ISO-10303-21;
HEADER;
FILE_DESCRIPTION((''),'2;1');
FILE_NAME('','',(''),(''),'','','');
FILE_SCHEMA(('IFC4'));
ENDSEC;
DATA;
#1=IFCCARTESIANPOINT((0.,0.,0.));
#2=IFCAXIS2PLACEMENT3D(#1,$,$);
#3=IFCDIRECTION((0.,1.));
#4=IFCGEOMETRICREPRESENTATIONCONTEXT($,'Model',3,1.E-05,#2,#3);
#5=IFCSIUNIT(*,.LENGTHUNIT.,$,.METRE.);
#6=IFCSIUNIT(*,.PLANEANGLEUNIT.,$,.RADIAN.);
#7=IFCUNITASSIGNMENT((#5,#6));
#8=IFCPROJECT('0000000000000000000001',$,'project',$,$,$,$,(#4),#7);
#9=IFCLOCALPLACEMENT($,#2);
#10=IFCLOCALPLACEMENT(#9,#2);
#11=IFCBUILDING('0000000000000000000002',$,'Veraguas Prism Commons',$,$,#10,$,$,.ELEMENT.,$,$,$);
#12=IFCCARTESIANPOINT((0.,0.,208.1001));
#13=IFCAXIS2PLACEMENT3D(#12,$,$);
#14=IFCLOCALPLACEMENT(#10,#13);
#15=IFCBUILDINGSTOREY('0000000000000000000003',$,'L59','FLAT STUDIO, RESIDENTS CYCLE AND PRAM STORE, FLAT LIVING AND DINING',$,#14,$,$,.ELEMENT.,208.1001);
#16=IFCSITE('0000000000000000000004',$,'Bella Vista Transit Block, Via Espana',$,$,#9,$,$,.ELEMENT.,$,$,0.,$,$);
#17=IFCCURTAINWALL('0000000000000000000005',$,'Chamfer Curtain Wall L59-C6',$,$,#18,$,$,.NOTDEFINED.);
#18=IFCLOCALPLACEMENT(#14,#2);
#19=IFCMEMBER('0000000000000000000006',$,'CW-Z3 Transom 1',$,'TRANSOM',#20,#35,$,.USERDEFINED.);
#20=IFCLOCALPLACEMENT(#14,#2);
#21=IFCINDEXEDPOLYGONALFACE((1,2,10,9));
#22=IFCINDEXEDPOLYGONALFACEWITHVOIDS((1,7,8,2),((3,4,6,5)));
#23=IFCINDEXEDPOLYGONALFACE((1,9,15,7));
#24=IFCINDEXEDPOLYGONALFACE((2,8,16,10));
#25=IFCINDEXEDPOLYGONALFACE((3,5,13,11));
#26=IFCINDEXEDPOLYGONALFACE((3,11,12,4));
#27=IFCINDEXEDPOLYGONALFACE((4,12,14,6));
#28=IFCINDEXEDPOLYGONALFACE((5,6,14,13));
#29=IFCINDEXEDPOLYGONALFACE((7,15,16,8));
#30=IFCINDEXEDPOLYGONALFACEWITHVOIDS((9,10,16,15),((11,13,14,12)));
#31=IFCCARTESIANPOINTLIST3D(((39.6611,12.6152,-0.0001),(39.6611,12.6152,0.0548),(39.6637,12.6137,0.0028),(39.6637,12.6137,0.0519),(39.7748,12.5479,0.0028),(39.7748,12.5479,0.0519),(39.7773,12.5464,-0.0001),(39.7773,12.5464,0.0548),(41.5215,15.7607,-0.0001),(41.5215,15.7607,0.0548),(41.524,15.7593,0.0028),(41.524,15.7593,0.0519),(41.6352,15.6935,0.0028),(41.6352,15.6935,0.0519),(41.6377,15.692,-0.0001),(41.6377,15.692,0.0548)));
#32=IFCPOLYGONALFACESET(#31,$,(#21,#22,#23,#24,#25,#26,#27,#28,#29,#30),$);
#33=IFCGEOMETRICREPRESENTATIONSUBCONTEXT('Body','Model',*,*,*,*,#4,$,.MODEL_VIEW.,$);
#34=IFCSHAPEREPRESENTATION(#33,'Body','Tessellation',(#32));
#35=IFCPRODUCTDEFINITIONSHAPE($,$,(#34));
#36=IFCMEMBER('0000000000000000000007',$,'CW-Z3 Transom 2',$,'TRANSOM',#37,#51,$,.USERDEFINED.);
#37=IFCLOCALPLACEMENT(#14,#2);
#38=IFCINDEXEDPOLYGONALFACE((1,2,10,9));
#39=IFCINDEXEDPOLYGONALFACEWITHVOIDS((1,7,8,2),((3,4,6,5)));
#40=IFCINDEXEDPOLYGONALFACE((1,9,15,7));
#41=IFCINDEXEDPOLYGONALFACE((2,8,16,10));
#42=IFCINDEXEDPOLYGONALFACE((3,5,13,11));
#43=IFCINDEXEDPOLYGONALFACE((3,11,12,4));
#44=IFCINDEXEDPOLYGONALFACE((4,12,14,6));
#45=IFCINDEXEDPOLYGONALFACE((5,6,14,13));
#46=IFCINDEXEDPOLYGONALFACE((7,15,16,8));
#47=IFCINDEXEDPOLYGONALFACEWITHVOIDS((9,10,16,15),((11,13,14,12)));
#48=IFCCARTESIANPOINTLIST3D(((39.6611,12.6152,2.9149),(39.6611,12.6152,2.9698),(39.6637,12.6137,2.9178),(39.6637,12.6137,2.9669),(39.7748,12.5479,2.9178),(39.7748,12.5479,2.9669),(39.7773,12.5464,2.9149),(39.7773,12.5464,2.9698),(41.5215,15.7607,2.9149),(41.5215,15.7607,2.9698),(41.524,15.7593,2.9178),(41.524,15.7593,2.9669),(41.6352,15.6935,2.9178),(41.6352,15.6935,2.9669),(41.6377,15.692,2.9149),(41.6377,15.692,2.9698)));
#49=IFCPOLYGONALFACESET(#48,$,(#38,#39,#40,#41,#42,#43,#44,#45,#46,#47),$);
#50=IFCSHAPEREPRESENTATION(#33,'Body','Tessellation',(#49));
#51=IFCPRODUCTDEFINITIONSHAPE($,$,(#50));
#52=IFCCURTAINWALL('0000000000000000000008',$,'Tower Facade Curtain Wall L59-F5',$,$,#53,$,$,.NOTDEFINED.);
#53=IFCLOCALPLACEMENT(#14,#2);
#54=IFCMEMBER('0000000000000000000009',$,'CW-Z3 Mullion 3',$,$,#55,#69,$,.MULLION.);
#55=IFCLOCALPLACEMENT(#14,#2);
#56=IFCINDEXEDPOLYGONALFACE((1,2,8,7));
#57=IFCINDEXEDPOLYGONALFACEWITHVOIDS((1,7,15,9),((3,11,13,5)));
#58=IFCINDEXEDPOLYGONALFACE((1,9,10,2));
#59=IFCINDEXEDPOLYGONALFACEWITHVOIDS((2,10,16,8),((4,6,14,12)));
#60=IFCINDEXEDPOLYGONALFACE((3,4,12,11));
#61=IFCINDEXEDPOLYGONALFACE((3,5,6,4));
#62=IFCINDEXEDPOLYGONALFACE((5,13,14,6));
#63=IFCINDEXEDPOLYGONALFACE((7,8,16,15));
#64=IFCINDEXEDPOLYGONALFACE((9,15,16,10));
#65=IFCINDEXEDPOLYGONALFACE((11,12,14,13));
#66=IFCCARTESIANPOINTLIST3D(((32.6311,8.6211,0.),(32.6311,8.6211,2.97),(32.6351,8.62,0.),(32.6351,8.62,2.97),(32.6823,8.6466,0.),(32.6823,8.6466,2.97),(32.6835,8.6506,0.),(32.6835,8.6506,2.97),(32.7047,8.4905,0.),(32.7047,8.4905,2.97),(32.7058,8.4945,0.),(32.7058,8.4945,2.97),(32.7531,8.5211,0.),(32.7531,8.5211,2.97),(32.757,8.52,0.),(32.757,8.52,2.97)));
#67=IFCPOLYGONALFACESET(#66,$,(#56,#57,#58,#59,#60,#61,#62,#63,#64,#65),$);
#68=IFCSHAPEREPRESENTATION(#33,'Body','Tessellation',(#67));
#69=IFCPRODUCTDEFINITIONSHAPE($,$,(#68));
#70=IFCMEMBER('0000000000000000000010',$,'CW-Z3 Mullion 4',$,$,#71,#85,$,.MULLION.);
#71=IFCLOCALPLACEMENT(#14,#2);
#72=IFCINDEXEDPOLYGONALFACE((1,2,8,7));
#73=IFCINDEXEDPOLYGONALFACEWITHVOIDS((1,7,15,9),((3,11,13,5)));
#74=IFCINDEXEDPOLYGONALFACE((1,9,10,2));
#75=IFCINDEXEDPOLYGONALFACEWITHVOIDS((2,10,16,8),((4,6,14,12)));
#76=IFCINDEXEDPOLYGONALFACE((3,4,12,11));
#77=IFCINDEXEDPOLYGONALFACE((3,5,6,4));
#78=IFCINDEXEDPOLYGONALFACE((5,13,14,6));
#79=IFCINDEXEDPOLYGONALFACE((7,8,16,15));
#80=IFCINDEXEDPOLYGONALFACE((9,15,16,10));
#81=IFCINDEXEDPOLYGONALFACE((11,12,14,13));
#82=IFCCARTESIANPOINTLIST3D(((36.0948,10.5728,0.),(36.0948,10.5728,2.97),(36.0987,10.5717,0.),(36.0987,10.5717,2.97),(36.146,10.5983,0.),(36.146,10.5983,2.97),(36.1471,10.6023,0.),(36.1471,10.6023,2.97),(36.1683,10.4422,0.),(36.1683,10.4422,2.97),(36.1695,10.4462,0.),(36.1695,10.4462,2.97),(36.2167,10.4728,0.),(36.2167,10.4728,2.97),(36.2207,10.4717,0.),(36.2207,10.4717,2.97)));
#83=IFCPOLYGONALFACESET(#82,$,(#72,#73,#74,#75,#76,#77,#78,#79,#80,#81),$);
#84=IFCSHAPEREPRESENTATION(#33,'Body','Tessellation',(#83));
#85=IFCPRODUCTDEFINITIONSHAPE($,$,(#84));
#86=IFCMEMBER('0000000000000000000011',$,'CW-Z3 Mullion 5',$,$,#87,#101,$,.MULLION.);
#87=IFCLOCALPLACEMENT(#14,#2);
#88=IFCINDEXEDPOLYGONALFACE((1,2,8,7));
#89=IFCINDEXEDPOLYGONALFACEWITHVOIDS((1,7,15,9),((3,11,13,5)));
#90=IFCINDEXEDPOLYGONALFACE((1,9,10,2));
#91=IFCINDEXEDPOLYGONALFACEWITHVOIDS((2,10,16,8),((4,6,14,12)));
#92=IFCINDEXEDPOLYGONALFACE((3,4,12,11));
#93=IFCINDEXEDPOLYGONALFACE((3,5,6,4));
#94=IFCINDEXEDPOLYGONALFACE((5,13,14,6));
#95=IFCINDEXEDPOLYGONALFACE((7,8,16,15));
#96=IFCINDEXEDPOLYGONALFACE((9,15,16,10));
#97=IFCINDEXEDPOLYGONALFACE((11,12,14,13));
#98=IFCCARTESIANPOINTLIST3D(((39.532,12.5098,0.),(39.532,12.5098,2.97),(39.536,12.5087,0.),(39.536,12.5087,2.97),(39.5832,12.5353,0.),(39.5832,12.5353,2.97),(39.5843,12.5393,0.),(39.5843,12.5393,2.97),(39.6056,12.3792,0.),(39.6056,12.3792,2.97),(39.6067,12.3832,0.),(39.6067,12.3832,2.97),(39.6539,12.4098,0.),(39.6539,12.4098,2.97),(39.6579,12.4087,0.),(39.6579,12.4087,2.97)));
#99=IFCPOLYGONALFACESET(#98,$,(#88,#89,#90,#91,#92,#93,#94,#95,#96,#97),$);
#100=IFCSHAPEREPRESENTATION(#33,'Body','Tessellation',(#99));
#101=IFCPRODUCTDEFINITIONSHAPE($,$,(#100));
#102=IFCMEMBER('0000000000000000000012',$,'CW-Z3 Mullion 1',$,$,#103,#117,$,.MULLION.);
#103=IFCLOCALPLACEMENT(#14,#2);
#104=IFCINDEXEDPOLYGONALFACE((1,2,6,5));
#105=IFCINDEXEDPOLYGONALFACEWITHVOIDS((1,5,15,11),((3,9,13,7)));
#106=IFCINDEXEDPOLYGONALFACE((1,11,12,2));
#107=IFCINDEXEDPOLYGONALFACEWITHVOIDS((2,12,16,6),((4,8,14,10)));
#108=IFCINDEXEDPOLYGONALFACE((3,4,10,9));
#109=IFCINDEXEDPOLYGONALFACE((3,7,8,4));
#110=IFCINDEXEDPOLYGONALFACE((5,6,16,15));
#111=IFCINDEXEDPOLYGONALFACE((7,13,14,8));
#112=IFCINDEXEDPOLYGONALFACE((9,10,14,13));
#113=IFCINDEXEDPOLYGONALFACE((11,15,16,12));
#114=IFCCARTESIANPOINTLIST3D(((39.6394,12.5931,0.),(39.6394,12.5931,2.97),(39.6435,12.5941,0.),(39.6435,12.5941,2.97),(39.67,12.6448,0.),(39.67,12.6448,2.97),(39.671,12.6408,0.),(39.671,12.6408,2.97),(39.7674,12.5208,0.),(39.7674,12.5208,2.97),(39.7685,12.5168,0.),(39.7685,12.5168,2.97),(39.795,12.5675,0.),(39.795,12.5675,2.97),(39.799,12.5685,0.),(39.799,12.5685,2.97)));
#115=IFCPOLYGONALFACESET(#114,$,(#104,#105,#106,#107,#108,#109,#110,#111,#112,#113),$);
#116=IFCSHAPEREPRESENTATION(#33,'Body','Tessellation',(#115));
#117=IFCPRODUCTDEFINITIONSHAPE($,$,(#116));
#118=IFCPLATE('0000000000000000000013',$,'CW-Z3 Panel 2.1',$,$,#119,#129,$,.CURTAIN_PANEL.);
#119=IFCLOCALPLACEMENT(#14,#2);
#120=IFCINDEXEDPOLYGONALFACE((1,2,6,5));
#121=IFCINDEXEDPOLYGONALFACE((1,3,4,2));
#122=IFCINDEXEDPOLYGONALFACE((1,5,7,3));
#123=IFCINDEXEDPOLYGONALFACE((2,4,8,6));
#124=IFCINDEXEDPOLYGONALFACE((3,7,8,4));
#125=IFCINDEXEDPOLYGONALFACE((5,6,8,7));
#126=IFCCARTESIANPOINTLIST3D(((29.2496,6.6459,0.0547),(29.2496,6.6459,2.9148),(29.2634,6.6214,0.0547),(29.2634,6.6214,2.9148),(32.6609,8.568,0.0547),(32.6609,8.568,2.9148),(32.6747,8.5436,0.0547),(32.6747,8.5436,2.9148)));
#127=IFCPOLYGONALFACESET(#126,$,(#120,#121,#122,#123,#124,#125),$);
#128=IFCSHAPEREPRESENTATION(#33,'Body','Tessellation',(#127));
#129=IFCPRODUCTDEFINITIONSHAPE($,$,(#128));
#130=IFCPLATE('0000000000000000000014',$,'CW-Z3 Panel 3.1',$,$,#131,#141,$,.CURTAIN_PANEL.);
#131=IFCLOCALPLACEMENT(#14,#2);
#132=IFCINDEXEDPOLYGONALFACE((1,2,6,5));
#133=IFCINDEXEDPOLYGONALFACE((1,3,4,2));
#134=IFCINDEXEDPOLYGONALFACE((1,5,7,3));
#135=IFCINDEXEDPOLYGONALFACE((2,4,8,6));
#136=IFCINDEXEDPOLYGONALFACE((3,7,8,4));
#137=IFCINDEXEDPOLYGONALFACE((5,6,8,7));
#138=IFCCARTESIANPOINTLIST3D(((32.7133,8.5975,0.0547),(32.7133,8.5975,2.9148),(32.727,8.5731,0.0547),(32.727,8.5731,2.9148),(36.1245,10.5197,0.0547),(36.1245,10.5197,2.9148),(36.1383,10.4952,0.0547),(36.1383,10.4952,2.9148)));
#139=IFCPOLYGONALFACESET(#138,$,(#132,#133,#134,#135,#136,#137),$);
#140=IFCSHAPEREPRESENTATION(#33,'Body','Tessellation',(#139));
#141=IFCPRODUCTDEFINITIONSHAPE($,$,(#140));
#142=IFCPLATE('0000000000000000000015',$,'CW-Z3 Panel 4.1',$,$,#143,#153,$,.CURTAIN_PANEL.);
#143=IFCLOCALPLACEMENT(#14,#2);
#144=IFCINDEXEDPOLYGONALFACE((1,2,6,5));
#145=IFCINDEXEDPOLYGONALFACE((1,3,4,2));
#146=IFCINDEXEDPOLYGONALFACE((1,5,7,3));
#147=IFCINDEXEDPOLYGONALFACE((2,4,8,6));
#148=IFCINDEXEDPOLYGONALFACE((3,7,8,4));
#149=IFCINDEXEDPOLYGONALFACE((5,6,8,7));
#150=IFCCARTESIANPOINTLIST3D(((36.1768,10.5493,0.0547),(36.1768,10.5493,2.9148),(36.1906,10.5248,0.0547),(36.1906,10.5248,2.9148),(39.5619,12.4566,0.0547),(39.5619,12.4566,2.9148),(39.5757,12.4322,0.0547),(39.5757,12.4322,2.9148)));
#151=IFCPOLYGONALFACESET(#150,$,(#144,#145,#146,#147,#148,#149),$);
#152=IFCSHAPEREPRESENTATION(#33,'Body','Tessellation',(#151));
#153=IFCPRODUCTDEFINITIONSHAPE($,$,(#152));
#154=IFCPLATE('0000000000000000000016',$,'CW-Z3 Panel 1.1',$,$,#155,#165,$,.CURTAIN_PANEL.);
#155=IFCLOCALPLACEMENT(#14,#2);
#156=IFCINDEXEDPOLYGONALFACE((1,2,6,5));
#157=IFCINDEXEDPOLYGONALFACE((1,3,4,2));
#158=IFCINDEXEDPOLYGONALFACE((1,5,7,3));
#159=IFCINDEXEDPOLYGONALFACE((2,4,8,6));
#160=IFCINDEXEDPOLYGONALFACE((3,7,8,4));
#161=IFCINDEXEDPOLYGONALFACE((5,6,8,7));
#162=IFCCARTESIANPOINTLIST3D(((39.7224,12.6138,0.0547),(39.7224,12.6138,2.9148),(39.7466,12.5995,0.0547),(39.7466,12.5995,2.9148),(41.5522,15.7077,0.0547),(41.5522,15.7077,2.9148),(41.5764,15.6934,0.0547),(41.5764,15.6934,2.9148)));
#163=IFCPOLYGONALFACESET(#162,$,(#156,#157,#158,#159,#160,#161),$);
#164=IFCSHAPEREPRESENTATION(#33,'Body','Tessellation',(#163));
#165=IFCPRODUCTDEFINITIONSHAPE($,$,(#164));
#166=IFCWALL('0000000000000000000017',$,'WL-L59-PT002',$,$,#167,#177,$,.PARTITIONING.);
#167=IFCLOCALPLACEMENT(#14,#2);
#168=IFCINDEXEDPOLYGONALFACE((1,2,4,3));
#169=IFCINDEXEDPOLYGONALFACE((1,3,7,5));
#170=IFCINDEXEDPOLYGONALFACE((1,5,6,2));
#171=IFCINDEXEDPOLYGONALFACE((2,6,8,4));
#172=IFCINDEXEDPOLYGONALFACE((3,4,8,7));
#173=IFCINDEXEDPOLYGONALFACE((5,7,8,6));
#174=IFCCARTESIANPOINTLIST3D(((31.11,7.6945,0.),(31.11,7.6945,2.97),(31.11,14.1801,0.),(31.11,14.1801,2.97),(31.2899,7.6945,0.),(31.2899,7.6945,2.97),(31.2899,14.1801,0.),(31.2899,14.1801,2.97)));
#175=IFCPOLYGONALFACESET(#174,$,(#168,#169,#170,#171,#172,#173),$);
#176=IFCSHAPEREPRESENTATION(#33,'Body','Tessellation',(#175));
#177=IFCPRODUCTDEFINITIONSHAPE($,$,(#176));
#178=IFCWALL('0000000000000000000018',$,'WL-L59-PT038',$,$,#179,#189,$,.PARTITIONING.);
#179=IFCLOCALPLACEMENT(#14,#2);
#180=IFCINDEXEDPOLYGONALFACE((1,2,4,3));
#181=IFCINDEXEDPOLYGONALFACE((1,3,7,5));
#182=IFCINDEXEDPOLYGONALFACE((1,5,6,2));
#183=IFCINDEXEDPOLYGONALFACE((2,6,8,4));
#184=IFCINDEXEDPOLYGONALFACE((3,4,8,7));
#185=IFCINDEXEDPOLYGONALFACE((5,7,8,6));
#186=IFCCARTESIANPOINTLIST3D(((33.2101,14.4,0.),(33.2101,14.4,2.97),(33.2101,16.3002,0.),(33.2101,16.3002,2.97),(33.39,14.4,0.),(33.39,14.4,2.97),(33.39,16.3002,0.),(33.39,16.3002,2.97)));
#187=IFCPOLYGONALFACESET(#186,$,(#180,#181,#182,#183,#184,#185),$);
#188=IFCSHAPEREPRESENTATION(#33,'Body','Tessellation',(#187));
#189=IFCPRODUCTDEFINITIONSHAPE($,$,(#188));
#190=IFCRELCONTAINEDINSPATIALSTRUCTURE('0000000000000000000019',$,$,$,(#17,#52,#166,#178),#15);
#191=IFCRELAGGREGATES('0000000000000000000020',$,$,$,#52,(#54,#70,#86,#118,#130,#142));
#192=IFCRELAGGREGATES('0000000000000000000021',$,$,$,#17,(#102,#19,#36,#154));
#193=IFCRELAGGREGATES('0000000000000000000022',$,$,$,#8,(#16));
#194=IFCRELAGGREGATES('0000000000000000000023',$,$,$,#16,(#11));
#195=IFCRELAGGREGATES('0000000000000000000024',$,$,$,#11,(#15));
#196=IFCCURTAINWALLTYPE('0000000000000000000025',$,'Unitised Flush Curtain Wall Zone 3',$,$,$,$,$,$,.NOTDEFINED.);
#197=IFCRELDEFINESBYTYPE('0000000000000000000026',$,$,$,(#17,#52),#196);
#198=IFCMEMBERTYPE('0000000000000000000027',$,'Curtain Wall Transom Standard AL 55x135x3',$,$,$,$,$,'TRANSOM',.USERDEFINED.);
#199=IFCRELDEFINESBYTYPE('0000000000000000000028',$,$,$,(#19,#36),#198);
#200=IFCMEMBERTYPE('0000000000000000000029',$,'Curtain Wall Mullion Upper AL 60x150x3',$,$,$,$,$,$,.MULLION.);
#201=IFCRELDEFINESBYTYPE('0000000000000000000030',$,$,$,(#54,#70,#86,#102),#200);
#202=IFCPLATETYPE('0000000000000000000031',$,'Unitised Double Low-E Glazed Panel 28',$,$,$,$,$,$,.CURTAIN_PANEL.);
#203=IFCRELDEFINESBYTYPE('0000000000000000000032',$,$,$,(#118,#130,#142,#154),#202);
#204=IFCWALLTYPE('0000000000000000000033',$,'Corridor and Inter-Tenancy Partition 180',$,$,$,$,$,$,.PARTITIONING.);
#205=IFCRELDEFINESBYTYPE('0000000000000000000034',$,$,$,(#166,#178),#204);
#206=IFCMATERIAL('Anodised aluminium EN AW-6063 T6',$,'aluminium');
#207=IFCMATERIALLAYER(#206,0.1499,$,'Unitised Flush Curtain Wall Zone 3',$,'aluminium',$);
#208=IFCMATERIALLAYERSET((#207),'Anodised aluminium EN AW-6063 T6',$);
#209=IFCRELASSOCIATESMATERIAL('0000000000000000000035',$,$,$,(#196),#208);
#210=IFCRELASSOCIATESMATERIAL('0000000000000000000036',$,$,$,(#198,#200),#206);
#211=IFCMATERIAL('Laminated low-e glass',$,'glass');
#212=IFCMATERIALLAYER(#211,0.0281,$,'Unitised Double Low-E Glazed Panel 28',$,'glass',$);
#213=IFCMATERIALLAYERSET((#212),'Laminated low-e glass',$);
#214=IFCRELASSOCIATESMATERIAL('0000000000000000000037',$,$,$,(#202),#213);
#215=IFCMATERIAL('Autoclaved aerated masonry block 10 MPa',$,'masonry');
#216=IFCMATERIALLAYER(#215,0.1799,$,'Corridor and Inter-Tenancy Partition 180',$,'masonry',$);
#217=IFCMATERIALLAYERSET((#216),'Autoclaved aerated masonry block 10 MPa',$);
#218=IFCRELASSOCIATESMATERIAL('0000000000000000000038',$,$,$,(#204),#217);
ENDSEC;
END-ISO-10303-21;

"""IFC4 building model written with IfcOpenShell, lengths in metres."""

from ifc_helpers import new_model, si_unit, direction, frame, frame_2d, origin, origin_2d, place, context, subcontext, project, spatial, rectangle, hollow_rectangle, extrude, source, transform, mapped, material, layer, layer_set, material_profile, profile_set, type_object, element, aggregate, save


model = new_model("IFC4")

# Units and contexts
model_context = context("Model", 3, precision=1e-05, world=origin(), true_north=direction((0.0, 1.0)))
body_context = subcontext(model_context, "Body", "Model", "MODEL_VIEW")
ifc_project = project(units=[si_unit("LENGTHUNIT", "METRE"), si_unit("PLANEANGLEUNIT", "RADIAN")], contexts=[model_context])

# Site, building, storey
site_placement = place(None, origin())
site = spatial("IfcSite", under=ifc_project, at=site_placement, Name="Bella Vista Transit Block, Via Espana", CompositionType="ELEMENT", RefElevation=0.0)
building_placement = place(site_placement, origin())
building = spatial("IfcBuilding", under=site, at=building_placement, Name="Veraguas Prism Commons", CompositionType="ELEMENT")
storey_placement = place(building_placement, frame((0.0, 0.0, 208.1001)))
storey = spatial("IfcBuildingStorey", under=building, at=storey_placement, Name="L59", Description="FLAT STUDIO, RESIDENTS CYCLE AND PRAM STORE, FLAT LIVING AND DINING", CompositionType="ELEMENT", Elevation=208.1001)

# Curtain walls, members
ifc_material_1 = material(Name="Anodised aluminium EN AW-6063 T6", Category="aluminium")
ifc_layer_1 = layer(ifc_material_1, 0.1499, Name="Unitised Flush Curtain Wall Zone 3", Category="aluminium")
ifc_layer_set_1 = layer_set([ifc_layer_1], Name="Anodised aluminium EN AW-6063 T6")
curtain_wall_type = type_object("IfcCurtainWallType", Name="Unitised Flush Curtain Wall Zone 3", PredefinedType="NOTDEFINED", material=ifc_layer_set_1)
curtain_wall_1_placement = place(storey_placement, origin())
curtain_wall_1 = element("IfcCurtainWall", 1, at=curtain_wall_1_placement, inside=storey, type_object=curtain_wall_type, Name="Chamfer Curtain Wall L59-C6", PredefinedType="NOTDEFINED")
ifc_material_profile_1 = material_profile(ifc_material_1, hollow_rectangle(XDim=0.0549, YDim=0.135, WallThickness=0.0029, at=origin_2d()), Name="AL55X135X3")
ifc_profile_set_1 = profile_set([ifc_material_profile_1], Name="Anodised aluminium EN AW-6063 T6")
member_type_1 = type_object("IfcMemberType", Name="Curtain Wall Transom Standard AL 55x135x3", ElementType="TRANSOM", PredefinedType="USERDEFINED", material=ifc_profile_set_1)
shared_shape_1 = source(origin(), body_context, "Body", "SweptSolid", [
    extrude(hollow_rectangle(XDim=0.0549, YDim=0.135, WallThickness=0.0029, at=origin_2d()), origin(), (0.0, 0.0, 1.0), 3.6545),
])
member_1_placement = place(storey_placement, frame((39.7192, 12.5808, 0.0273), z_axis=(0.509062, 0.86073, 0.0), x_axis=(0.0, 0.0, 1.0)))
member_1 = element("IfcMember", 2, at=member_1_placement, type_object=member_type_1, Name="CW-Z3 Transom 1", ObjectType="TRANSOM", PredefinedType="USERDEFINED", context=body_context, shape_type="MappedRepresentation", body=[
    mapped(shared_shape_1, transform((0.0, 0.0, 0.0), scale=1.0)),
])
member_2_placement = place(storey_placement, frame((39.7192, 12.5808, 2.9424), z_axis=(0.509062, 0.86073, 0.0), x_axis=(0.0, 0.0, 1.0)))
member_2 = element("IfcMember", 3, at=member_2_placement, type_object=member_type_1, Name="CW-Z3 Transom 2", ObjectType="TRANSOM", PredefinedType="USERDEFINED", context=body_context, shape_type="MappedRepresentation", body=[
    mapped(shared_shape_1, transform((0.0, 0.0, 0.0), scale=1.0)),
])
curtain_wall_2_placement = place(storey_placement, origin())
curtain_wall_2 = element("IfcCurtainWall", 4, at=curtain_wall_2_placement, inside=storey, type_object=curtain_wall_type, Name="Tower Facade Curtain Wall L59-F5", PredefinedType="NOTDEFINED")
ifc_material_profile_2 = material_profile(ifc_material_1, hollow_rectangle(XDim=0.0601, YDim=0.1499, WallThickness=0.0029, at=origin_2d()), Name="AL60X150X3")
ifc_profile_set_2 = profile_set([ifc_material_profile_2], Name="Anodised aluminium EN AW-6063 T6")
member_type_2 = type_object("IfcMemberType", Name="Curtain Wall Mullion Upper AL 60x150x3", PredefinedType="MULLION", material=ifc_profile_set_2)
shared_shape_2 = source(origin(), body_context, "Body", "SweptSolid", [
    extrude(hollow_rectangle(XDim=0.0601, YDim=0.1499, WallThickness=0.0029, at=origin_2d()), origin(), (0.0, 0.0, 1.0), 2.97),
])
member_3_placement = place(storey_placement, frame((32.6941, 8.5706, 0.0), z_axis=(0.0, 0.0, 1.0), x_axis=(0.871216, 0.490901, 0.0)))
member_3 = element("IfcMember", 5, at=member_3_placement, type_object=member_type_2, Name="CW-Z3 Mullion 3", PredefinedType="MULLION", context=body_context, shape_type="MappedRepresentation", body=[
    mapped(shared_shape_2, transform((0.0, 0.0, 0.0), scale=1.0)),
])
member_4_placement = place(storey_placement, frame((36.1577, 10.5222, 0.0), z_axis=(0.0, 0.0, 1.0), x_axis=(0.871216, 0.490901, 0.0)))
member_4 = element("IfcMember", 6, at=member_4_placement, type_object=member_type_2, Name="CW-Z3 Mullion 4", PredefinedType="MULLION", context=body_context, shape_type="MappedRepresentation", body=[
    mapped(shared_shape_2, transform((0.0, 0.0, 0.0), scale=1.0)),
])
member_5_placement = place(storey_placement, frame((39.595, 12.4592, 0.0), z_axis=(0.0, 0.0, 1.0), x_axis=(0.871216, 0.490901, 0.0)))
member_5 = element("IfcMember", 7, at=member_5_placement, type_object=member_type_2, Name="CW-Z3 Mullion 5", PredefinedType="MULLION", context=body_context, shape_type="MappedRepresentation", body=[
    mapped(shared_shape_2, transform((0.0, 0.0, 0.0), scale=1.0)),
])

# Member
member_6_placement = place(storey_placement, frame((39.7192, 12.5808, 0.0), z_axis=(0.0, 0.0, 1.0), x_axis=(0.509058, 0.860732, 0.0)))
member_6 = element("IfcMember", 8, at=member_6_placement, type_object=member_type_2, Name="CW-Z3 Mullion 1", PredefinedType="MULLION", context=body_context, shape_type="MappedRepresentation", body=[
    mapped(shared_shape_2, transform((0.0, 0.0, 0.0), scale=1.0)),
])

# Plates
ifc_material_2 = material(Name="Laminated low-e glass", Category="glass")
ifc_layer_2 = layer(ifc_material_2, 0.0281, Name="Unitised Double Low-E Glazed Panel 28", Category="glass")
ifc_layer_set_2 = layer_set([ifc_layer_2], Name="Laminated low-e glass")
plate_type = type_object("IfcPlateType", Name="Unitised Double Low-E Glazed Panel 28", PredefinedType="CURTAIN_PANEL", material=ifc_layer_set_2)
shared_shape_3 = source(origin(), body_context, "Body", "SweptSolid", [
    extrude(rectangle(XDim=3.9155, YDim=0.0281, at=origin_2d()), origin(), (0.0, 0.0, 1.0), 2.8601),
])
plate_1_placement = place(storey_placement, frame((30.9622, 7.5947, 0.0547), z_axis=(0.0, 0.0, 1.0), x_axis=(0.871216, 0.490901, 0.0)))
plate_1 = element("IfcPlate", 9, at=plate_1_placement, type_object=plate_type, Name="CW-Z3 Panel 2.1", PredefinedType="CURTAIN_PANEL", context=body_context, shape_type="MappedRepresentation", body=[
    mapped(shared_shape_3, transform((0.0, 0.0, 0.0), scale=1.0)),
])
plate_2_placement = place(storey_placement, frame((34.4258, 9.5464, 0.0547), z_axis=(0.0, 0.0, 1.0), x_axis=(0.871216, 0.490901, 0.0)))
plate_2 = element("IfcPlate", 10, at=plate_2_placement, type_object=plate_type, Name="CW-Z3 Panel 3.1", PredefinedType="CURTAIN_PANEL", context=body_context, shape_type="MappedRepresentation", body=[
    mapped(shared_shape_3, transform((0.0, 0.0, 0.0), scale=1.0)),
])
shared_shape_4 = source(origin(), body_context, "Body", "SweptSolid", [
    extrude(rectangle(XDim=3.8855, YDim=0.0281, at=origin_2d()), origin(), (0.0, 0.0, 1.0), 2.8601),
])
plate_3_placement = place(storey_placement, frame((37.8762, 11.4907, 0.0547), z_axis=(0.0, 0.0, 1.0), x_axis=(0.871216, 0.490901, 0.0)))
plate_3 = element("IfcPlate", 11, at=plate_3_placement, type_object=plate_type, Name="CW-Z3 Panel 4.1", PredefinedType="CURTAIN_PANEL", context=body_context, shape_type="MappedRepresentation", body=[
    mapped(shared_shape_4, transform((0.0, 0.0, 0.0), scale=1.0)),
])
aggregate(curtain_wall_2, [member_3, member_4, member_5, plate_1, plate_2, plate_3])
shared_shape_5 = source(origin(), body_context, "Body", "SweptSolid", [
    extrude(rectangle(XDim=3.5945, YDim=0.0281, at=origin_2d()), origin(), (0.0, 0.0, 1.0), 2.8601),
])
plate_4_placement = place(storey_placement, frame((40.6494, 14.1536, 0.0547), z_axis=(0.0, 0.0, 1.0), x_axis=(0.509058, 0.860732, 0.0)))
plate_4 = element("IfcPlate", 12, at=plate_4_placement, type_object=plate_type, Name="CW-Z3 Panel 1.1", PredefinedType="CURTAIN_PANEL", context=body_context, shape_type="MappedRepresentation", body=[
    mapped(shared_shape_5, transform((0.0, 0.0, 0.0), scale=1.0)),
])
aggregate(curtain_wall_1, [member_6, member_1, member_2, plate_4])

# Walls
ifc_material_3 = material(Name="Autoclaved aerated masonry block 10 MPa", Category="masonry")
ifc_layer_3 = layer(ifc_material_3, 0.1799, Name="Corridor and Inter-Tenancy Partition 180", Category="masonry")
ifc_layer_set_3 = layer_set([ifc_layer_3], Name="Autoclaved aerated masonry block 10 MPa")
wall_type_1 = type_object("IfcWallType", Name="Corridor and Inter-Tenancy Partition 180", PredefinedType="PARTITIONING", material=ifc_layer_set_3)
wall_1_placement = place(storey_placement, frame((31.2, 14.1799, 0.0), z_axis=(0.0, 0.0, 1.0), x_axis=(0.0, -1.0, 0.0)))
element("IfcWall", 13, at=wall_1_placement, inside=storey, type_object=wall_type_1, Name="WL-L59-PT002", PredefinedType="PARTITIONING", context=body_context, shape_type="SweptSolid", body=[
    extrude(rectangle(XDim=6.4856, YDim=0.1799, at=frame_2d((3.2427, 0.0))), origin(), (0.0, 0.0, 1.0), 2.97),
])
wall_2_placement = place(storey_placement, frame((33.3, 14.3999, 0.0), z_axis=(0.0, 0.0, 1.0), x_axis=(0.0, 1.0, 0.0)))
element("IfcWall", 14, at=wall_2_placement, inside=storey, type_object=wall_type_1, Name="WL-L59-PT038", PredefinedType="PARTITIONING", context=body_context, shape_type="SweptSolid", body=[
    extrude(rectangle(XDim=1.9001, YDim=0.1799, at=frame_2d((0.9502, 0.0))), origin(), (0.0, 0.0, 1.0), 2.97),
])

save(model, "model.ifc")
